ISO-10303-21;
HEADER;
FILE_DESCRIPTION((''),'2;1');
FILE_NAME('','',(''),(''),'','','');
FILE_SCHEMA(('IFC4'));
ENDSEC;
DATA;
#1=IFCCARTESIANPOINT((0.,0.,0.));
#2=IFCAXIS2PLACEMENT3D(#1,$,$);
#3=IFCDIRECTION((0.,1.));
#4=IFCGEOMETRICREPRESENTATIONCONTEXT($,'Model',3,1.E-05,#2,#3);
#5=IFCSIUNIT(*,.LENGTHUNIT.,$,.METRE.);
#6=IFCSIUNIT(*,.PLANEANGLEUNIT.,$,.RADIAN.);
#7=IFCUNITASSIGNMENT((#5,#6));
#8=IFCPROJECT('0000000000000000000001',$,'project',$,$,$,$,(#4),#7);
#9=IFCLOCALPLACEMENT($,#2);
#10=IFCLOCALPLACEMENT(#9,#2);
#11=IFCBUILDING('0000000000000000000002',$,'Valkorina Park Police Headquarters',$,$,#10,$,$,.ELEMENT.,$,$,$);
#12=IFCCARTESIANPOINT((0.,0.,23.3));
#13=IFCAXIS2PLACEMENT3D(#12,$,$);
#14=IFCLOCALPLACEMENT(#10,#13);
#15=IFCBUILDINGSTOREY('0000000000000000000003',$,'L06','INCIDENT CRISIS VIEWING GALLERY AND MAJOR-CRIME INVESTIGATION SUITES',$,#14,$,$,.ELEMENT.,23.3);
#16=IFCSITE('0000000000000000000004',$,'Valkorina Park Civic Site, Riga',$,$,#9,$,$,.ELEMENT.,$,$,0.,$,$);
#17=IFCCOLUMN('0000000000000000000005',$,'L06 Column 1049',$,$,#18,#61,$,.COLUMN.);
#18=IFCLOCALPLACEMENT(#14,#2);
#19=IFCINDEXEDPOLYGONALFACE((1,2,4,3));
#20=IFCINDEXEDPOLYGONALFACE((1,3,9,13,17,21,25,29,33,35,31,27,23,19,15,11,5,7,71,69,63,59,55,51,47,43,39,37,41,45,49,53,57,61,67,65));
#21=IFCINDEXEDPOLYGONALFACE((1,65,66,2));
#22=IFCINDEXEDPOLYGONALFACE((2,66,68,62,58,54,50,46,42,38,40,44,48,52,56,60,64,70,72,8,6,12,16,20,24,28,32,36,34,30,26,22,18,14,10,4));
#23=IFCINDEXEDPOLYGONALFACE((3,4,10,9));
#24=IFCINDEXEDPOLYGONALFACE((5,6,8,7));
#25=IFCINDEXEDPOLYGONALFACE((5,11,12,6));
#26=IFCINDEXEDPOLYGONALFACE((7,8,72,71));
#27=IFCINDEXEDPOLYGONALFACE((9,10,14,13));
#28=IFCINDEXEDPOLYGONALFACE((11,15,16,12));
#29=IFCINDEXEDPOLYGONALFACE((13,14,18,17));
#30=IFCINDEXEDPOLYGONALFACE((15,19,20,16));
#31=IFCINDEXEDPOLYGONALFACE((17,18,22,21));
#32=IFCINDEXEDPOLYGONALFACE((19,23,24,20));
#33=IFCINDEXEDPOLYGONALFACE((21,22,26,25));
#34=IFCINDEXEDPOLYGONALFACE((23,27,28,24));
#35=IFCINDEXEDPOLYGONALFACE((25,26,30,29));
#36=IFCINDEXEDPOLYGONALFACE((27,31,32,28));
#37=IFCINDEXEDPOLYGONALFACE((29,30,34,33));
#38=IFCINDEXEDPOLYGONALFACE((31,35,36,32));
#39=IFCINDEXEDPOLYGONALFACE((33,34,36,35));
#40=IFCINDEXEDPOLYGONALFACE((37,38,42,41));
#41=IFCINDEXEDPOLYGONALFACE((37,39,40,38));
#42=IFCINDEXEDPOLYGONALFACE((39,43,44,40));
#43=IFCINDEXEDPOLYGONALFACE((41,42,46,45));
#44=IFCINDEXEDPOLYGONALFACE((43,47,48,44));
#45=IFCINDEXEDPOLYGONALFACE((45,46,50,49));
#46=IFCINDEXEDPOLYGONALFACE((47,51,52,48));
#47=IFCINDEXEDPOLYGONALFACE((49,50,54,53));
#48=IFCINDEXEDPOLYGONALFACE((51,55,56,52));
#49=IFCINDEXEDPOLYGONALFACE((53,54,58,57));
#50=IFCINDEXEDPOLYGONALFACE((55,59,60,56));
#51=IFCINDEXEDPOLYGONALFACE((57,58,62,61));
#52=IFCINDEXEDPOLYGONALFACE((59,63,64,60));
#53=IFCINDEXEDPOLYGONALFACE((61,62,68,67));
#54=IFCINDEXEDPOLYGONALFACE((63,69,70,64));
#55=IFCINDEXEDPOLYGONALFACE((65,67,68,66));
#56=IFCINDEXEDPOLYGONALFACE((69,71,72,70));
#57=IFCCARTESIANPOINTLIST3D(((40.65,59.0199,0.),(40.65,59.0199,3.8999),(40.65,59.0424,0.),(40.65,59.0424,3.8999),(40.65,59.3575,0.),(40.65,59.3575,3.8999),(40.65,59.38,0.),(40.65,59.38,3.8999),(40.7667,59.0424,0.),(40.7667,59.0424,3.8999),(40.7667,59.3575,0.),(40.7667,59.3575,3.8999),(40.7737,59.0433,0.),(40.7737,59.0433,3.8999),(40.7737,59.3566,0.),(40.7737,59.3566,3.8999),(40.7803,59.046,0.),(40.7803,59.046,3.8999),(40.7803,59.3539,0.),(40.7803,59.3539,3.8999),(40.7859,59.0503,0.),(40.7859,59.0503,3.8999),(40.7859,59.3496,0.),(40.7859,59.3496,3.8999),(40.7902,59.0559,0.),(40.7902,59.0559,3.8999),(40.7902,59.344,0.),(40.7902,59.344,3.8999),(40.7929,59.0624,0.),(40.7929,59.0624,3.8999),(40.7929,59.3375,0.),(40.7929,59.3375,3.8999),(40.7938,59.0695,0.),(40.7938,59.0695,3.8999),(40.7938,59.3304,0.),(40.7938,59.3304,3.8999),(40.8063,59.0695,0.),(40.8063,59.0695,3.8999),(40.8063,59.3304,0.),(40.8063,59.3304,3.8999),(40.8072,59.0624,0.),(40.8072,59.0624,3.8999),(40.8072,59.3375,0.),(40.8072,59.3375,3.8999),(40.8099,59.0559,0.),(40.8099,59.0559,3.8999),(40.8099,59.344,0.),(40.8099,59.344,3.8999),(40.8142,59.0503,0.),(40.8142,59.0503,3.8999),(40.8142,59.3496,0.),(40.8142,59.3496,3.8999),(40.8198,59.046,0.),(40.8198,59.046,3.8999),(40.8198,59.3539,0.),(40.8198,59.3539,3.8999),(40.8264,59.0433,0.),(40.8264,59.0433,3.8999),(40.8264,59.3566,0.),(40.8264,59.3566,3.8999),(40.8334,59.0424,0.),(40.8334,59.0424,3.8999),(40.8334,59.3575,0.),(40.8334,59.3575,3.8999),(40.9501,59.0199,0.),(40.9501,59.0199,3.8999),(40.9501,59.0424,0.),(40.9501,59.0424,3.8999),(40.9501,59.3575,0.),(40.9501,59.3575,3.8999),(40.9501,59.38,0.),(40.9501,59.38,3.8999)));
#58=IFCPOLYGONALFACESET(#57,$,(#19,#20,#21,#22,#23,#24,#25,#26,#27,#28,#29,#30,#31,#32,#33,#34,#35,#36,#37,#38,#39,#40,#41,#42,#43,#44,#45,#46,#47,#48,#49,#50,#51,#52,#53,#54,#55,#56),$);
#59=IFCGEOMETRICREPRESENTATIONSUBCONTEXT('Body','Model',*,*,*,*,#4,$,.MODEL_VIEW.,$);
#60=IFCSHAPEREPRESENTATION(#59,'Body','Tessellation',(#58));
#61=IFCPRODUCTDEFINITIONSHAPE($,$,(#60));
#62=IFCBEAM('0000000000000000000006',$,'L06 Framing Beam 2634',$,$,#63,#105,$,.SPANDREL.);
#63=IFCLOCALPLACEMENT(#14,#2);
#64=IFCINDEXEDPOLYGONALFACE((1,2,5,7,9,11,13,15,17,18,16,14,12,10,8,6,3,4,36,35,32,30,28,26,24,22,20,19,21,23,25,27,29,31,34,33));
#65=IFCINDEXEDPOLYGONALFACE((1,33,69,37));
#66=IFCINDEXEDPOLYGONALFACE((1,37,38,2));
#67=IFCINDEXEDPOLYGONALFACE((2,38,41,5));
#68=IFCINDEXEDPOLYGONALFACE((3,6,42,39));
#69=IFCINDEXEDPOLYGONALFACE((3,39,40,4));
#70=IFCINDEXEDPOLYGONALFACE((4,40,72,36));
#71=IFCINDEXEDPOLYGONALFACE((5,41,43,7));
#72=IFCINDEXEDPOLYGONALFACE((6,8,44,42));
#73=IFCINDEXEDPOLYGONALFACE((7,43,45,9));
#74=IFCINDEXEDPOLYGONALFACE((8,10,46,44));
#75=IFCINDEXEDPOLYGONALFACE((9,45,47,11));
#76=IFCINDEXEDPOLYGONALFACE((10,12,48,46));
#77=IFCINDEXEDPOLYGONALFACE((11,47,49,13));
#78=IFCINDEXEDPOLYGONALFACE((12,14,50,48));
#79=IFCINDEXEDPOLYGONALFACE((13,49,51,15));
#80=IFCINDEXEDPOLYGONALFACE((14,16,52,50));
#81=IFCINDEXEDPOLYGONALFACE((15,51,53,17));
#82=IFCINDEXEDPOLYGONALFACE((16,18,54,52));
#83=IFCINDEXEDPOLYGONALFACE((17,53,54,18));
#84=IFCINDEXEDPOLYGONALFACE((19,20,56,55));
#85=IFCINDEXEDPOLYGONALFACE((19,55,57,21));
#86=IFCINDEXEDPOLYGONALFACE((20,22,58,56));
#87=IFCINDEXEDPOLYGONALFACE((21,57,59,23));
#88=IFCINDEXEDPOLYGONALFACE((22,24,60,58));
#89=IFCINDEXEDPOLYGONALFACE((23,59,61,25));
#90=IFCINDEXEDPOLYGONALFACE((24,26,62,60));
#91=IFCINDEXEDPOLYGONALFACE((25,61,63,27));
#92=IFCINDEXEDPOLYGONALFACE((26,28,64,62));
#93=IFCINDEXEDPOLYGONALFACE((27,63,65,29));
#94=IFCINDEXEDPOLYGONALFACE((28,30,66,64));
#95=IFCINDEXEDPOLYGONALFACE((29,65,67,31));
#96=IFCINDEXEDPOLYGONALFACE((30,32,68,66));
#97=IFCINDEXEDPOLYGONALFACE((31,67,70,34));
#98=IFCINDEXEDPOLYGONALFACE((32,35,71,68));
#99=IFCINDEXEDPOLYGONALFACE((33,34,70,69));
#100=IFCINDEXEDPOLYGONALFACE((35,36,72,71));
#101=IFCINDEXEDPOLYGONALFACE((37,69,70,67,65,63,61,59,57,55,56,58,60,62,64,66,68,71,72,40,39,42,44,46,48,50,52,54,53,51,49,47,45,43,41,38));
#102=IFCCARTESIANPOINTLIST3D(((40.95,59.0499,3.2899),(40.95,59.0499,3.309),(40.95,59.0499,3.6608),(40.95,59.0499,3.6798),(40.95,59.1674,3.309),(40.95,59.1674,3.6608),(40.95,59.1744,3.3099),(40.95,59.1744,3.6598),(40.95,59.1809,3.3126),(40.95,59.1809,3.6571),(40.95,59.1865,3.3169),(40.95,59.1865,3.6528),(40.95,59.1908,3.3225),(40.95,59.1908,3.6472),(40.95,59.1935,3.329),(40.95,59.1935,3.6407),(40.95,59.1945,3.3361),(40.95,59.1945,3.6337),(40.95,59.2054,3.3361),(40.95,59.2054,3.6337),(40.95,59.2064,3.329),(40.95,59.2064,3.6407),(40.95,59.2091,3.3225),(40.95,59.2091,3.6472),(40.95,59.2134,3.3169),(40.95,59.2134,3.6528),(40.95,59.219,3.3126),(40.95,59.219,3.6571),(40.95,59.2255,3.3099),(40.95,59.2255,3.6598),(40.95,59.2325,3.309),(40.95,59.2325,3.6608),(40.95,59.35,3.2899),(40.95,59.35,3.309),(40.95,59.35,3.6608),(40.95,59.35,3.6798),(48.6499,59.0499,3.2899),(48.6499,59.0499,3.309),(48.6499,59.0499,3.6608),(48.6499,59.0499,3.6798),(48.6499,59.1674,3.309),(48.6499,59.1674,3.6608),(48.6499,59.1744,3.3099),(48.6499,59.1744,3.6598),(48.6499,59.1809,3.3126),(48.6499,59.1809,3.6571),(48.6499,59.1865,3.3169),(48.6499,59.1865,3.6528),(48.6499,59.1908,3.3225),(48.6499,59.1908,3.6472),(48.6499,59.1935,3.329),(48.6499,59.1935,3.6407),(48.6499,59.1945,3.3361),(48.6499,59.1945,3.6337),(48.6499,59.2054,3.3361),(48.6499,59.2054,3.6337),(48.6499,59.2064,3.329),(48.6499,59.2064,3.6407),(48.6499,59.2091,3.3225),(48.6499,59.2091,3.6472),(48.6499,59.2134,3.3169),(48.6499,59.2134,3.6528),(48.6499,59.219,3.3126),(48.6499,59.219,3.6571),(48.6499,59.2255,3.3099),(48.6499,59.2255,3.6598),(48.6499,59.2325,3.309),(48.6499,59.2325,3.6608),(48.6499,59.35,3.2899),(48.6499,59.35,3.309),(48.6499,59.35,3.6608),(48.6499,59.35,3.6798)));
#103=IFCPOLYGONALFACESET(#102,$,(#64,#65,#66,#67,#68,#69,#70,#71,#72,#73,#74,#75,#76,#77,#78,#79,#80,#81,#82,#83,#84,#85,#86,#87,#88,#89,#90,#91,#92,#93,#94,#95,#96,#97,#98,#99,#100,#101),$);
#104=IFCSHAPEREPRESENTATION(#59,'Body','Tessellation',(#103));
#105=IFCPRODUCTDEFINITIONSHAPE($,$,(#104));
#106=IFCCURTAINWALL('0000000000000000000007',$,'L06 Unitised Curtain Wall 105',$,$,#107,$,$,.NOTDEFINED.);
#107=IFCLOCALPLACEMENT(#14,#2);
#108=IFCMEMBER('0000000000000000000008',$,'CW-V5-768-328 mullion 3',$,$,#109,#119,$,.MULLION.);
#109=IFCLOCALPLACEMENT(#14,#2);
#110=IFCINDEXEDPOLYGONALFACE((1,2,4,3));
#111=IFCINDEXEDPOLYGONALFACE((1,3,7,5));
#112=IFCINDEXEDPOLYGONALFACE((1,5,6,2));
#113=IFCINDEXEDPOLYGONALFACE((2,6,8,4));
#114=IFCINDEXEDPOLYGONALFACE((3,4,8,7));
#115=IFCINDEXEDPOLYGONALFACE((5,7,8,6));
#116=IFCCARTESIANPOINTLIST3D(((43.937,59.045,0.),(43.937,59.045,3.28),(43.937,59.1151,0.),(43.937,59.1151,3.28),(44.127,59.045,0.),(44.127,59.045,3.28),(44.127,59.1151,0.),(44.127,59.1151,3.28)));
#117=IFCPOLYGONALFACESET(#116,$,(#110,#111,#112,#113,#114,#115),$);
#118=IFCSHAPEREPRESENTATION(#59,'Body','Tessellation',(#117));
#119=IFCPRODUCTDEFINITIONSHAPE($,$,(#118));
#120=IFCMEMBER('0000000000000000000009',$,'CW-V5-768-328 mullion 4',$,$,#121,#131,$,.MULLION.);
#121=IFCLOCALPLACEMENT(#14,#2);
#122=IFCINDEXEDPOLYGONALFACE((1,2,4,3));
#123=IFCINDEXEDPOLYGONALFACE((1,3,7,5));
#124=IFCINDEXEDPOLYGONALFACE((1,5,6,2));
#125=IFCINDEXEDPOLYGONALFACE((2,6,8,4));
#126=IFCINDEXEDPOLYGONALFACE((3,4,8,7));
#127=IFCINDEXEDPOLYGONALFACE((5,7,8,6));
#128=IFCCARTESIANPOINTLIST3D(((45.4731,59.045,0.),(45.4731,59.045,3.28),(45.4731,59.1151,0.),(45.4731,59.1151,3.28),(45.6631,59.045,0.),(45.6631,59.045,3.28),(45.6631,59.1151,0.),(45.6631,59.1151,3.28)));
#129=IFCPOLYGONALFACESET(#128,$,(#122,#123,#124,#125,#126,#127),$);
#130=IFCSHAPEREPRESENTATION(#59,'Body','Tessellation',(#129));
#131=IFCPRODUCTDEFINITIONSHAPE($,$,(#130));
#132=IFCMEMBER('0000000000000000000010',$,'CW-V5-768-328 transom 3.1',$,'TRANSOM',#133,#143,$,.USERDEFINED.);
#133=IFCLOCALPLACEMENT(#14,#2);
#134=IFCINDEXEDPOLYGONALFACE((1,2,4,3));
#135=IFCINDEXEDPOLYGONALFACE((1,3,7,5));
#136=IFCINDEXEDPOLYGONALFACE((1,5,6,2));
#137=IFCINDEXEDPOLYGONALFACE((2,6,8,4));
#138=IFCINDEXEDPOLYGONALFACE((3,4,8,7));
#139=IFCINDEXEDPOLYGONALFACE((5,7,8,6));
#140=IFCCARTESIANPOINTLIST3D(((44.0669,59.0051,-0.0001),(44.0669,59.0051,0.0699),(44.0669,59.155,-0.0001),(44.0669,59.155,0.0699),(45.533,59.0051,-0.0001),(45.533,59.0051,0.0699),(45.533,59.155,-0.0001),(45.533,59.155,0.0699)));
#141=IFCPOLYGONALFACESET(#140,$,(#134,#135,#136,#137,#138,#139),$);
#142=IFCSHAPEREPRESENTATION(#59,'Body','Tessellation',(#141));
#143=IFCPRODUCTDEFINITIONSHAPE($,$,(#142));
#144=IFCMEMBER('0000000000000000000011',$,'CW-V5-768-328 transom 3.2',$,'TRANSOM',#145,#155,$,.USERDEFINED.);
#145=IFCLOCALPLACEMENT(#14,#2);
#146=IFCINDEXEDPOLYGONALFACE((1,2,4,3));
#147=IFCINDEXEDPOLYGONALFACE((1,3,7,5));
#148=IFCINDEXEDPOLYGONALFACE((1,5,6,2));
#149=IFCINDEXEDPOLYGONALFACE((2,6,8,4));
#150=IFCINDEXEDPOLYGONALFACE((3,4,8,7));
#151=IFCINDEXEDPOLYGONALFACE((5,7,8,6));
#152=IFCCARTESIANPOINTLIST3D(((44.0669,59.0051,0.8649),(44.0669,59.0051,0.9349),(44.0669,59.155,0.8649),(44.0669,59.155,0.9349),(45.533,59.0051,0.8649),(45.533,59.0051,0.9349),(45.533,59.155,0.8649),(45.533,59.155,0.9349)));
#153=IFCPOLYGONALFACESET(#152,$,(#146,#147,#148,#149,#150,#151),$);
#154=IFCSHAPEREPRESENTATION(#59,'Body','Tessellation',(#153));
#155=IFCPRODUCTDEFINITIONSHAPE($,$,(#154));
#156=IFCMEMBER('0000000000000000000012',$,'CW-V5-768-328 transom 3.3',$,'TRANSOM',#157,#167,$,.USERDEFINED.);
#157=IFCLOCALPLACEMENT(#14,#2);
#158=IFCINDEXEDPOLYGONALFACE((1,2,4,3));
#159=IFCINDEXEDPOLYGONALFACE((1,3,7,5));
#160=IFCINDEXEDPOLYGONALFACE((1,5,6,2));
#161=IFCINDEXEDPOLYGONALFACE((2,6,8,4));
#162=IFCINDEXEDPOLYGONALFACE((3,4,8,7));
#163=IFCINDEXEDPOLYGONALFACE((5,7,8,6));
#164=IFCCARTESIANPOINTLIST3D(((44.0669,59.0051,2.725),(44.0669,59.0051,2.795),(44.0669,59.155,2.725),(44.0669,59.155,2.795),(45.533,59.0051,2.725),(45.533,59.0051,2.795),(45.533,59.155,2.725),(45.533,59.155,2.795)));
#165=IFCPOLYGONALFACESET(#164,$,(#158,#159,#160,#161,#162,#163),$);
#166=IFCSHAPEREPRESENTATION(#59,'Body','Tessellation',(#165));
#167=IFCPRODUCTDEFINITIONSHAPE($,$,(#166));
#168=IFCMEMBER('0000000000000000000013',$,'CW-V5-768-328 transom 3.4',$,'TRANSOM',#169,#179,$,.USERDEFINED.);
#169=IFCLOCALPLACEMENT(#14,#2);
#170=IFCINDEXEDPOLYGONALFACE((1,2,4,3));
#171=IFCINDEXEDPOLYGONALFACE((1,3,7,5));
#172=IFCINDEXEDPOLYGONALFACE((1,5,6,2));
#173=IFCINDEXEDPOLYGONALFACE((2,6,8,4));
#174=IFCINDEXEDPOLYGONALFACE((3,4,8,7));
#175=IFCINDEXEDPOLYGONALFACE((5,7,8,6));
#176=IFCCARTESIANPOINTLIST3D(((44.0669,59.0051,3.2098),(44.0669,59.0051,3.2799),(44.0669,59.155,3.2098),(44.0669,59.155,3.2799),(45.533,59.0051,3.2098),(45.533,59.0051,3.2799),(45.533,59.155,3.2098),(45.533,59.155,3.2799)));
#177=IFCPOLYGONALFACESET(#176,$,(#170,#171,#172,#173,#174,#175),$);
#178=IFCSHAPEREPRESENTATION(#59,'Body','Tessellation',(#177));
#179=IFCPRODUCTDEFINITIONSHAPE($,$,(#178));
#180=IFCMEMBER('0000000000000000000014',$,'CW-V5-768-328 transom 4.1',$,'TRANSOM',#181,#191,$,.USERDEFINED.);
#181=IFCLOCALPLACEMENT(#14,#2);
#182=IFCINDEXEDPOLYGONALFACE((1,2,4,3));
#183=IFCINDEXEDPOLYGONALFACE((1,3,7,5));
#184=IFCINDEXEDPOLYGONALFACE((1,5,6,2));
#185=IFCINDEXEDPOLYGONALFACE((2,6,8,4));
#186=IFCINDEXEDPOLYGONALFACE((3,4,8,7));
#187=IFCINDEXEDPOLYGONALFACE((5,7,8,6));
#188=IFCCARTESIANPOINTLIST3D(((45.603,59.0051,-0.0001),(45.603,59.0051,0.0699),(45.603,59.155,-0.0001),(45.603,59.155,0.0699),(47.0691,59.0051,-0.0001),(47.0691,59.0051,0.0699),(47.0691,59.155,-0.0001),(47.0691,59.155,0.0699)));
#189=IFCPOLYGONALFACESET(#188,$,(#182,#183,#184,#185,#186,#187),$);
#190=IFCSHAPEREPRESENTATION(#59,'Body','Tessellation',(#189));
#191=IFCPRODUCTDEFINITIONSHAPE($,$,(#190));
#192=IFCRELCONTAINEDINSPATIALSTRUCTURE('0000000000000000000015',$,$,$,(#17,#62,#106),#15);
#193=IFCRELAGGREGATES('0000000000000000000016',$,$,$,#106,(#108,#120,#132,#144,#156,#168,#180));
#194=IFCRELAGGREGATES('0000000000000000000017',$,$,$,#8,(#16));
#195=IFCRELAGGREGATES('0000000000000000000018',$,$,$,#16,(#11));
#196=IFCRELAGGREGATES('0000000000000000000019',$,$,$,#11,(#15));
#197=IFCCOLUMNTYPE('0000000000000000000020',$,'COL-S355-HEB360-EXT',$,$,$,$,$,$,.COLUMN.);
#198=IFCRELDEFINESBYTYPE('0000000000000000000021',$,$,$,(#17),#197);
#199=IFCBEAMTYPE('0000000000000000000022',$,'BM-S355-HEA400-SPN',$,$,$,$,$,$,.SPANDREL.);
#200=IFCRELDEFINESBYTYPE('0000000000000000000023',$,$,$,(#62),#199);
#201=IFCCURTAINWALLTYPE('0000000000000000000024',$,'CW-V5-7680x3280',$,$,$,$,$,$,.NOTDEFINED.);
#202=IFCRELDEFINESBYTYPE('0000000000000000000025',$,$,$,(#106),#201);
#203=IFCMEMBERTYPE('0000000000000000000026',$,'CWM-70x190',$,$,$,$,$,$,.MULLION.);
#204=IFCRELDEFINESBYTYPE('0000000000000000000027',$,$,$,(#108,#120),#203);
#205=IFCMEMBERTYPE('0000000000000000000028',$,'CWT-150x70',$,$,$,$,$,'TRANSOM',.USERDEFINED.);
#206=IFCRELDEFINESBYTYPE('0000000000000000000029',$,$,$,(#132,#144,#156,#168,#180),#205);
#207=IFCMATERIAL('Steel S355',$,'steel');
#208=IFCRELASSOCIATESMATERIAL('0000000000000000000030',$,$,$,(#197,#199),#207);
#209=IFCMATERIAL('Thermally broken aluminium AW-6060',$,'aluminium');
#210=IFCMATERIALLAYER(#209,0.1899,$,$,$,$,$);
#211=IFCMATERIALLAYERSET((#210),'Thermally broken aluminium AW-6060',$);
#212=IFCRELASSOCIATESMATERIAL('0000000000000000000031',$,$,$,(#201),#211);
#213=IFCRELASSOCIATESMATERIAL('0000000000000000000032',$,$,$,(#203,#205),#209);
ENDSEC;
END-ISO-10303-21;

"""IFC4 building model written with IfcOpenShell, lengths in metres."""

from ifc_helpers import new_model, si_unit, direction, frame, origin, origin_2d, place, context, subcontext, project, spatial, rectangle, i_section, extrude, material, layer, layer_set, material_profile, profile_set, type_object, element, aggregate, save


model = new_model("IFC4")

# Units and contexts
model_context = context("Model", 3, precision=1e-05, world=origin(), true_north=direction((0.0, 1.0)))
body_context = subcontext(model_context, "Body", "Model", "MODEL_VIEW")
ifc_project = project(units=[si_unit("LENGTHUNIT", "METRE"), si_unit("PLANEANGLEUNIT", "RADIAN")], contexts=[model_context])

# Site, building, storey
site_placement = place(None, origin())
site = spatial("IfcSite", under=ifc_project, at=site_placement, Name="Valkorina Park Civic Site, Riga", CompositionType="ELEMENT", RefElevation=0.0)
building_placement = place(site_placement, origin())
building = spatial("IfcBuilding", under=site, at=building_placement, Name="Valkorina Park Police Headquarters", CompositionType="ELEMENT")
storey_placement = place(building_placement, frame((0.0, 0.0, 23.3)))
storey = spatial("IfcBuildingStorey", under=building, at=storey_placement, Name="L06", Description="INCIDENT CRISIS VIEWING GALLERY AND MAJOR-CRIME INVESTIGATION SUITES", CompositionType="ELEMENT", Elevation=23.3)

# Column
ifc_material_1 = material(Name="Steel S355", Category="steel")
ifc_material_profile_1 = material_profile(ifc_material_1, i_section(OverallWidth=0.3, OverallDepth=0.3601, WebThickness=0.0125, FlangeThickness=0.0225, FilletRadius=0.0271, at=origin_2d()), Name="HEB 360")
ifc_profile_set_1 = profile_set([ifc_material_profile_1], Name="Steel S355")
column_type = type_object("IfcColumnType", Name="COL-S355-HEB360-EXT", PredefinedType="COLUMN", material=ifc_profile_set_1)
column_placement = place(storey_placement, frame((40.8, 59.2, 0.0), z_axis=(0.0, 0.0, 1.0), x_axis=(1.0, 0.0, 0.0)))
element("IfcColumn", 1, at=column_placement, inside=storey, type_object=column_type, Name="L06 Column 1049", PredefinedType="COLUMN", context=body_context, shape_type="SweptSolid", body=[
    extrude(i_section(OverallWidth=0.3, OverallDepth=0.3601, WebThickness=0.0125, FlangeThickness=0.0225, FilletRadius=0.0271, at=origin_2d()), origin(), (0.0, 0.0, 1.0), 3.8999),
])

# Beam
ifc_material_profile_2 = material_profile(ifc_material_1, i_section(OverallWidth=0.3, OverallDepth=0.3899, WebThickness=0.011, FlangeThickness=0.019, FilletRadius=0.0271, at=origin_2d()), Name="HEA 400")
ifc_profile_set_2 = profile_set([ifc_material_profile_2], Name="Steel S355")
beam_type = type_object("IfcBeamType", Name="BM-S355-HEA400-SPN", PredefinedType="SPANDREL", material=ifc_profile_set_2)
beam_placement = place(storey_placement, frame((40.95, 59.2, 3.4849), z_axis=(1.0, 0.0, 0.0), x_axis=(0.0, 1.0, 0.0)))
element("IfcBeam", 2, at=beam_placement, inside=storey, type_object=beam_type, Name="L06 Framing Beam 2634", PredefinedType="SPANDREL", context=body_context, shape_type="SweptSolid", body=[
    extrude(i_section(OverallWidth=0.3, OverallDepth=0.3899, WebThickness=0.011, FlangeThickness=0.019, FilletRadius=0.0271, at=origin_2d()), origin(), (0.0, 0.0, 1.0), 7.7),
])

# Curtain wall, members
ifc_material_2 = material(Name="Thermally broken aluminium AW-6060", Category="aluminium")
ifc_layer_1 = layer(ifc_material_2, 0.1899)
ifc_layer_set_1 = layer_set([ifc_layer_1], Name="Thermally broken aluminium AW-6060")
curtain_wall_type = type_object("IfcCurtainWallType", Name="CW-V5-7680x3280", PredefinedType="NOTDEFINED", material=ifc_layer_set_1)
curtain_wall_placement = place(storey_placement, origin())
curtain_wall = element("IfcCurtainWall", 3, at=curtain_wall_placement, inside=storey, type_object=curtain_wall_type, Name="L06 Unitised Curtain Wall 105", PredefinedType="NOTDEFINED")
ifc_material_profile_3 = material_profile(ifc_material_2, rectangle(XDim=0.0701, YDim=0.1899, at=origin_2d()), Name="CWM-02 70x190")
ifc_profile_set_3 = profile_set([ifc_material_profile_3], Name="Thermally broken aluminium AW-6060")
member_type_1 = type_object("IfcMemberType", Name="CWM-70x190", PredefinedType="MULLION", material=ifc_profile_set_3)
member_1_placement = place(storey_placement, frame((44.032, 59.0801, 0.0), z_axis=(0.0, 0.0, 1.0), x_axis=(0.0, 1.0, 0.0)))
member_1 = element("IfcMember", 4, at=member_1_placement, type_object=member_type_1, Name="CW-V5-768-328 mullion 3", PredefinedType="MULLION", context=body_context, shape_type="SweptSolid", body=[
    extrude(rectangle(XDim=0.0701, YDim=0.1899, at=origin_2d()), origin(), (0.0, 0.0, 1.0), 3.28),
])
member_2_placement = place(storey_placement, frame((45.5681, 59.0801, 0.0), z_axis=(0.0, 0.0, 1.0), x_axis=(0.0, 1.0, 0.0)))
member_2 = element("IfcMember", 5, at=member_2_placement, type_object=member_type_1, Name="CW-V5-768-328 mullion 4", PredefinedType="MULLION", context=body_context, shape_type="SweptSolid", body=[
    extrude(rectangle(XDim=0.0701, YDim=0.1899, at=origin_2d()), origin(), (0.0, 0.0, 1.0), 3.28),
])
ifc_material_profile_4 = material_profile(ifc_material_2, rectangle(XDim=0.1499, YDim=0.0701, at=origin_2d()), Name="CWT-02 150x70")
ifc_profile_set_4 = profile_set([ifc_material_profile_4], Name="Thermally broken aluminium AW-6060")
member_type_2 = type_object("IfcMemberType", Name="CWT-150x70", ElementType="TRANSOM", PredefinedType="USERDEFINED", material=ifc_profile_set_4)
member_3_placement = place(storey_placement, frame((44.0669, 59.0801, 0.0349), z_axis=(1.0, 0.0, 0.0), x_axis=(0.0, 1.0, 0.0)))
member_3 = element("IfcMember", 6, at=member_3_placement, type_object=member_type_2, Name="CW-V5-768-328 transom 3.1", ObjectType="TRANSOM", PredefinedType="USERDEFINED", context=body_context, shape_type="SweptSolid", body=[
    extrude(rectangle(XDim=0.1499, YDim=0.0701, at=origin_2d()), origin(), (0.0, 0.0, 1.0), 1.4661),
])
member_4_placement = place(storey_placement, frame((44.0669, 59.0801, 0.8999), z_axis=(1.0, 0.0, 0.0), x_axis=(0.0, 1.0, 0.0)))
member_4 = element("IfcMember", 7, at=member_4_placement, type_object=member_type_2, Name="CW-V5-768-328 transom 3.2", ObjectType="TRANSOM", PredefinedType="USERDEFINED", context=body_context, shape_type="SweptSolid", body=[
    extrude(rectangle(XDim=0.1499, YDim=0.0701, at=origin_2d()), origin(), (0.0, 0.0, 1.0), 1.4661),
])
member_5_placement = place(storey_placement, frame((44.0669, 59.0801, 2.76), z_axis=(1.0, 0.0, 0.0), x_axis=(0.0, 1.0, 0.0)))
member_5 = element("IfcMember", 8, at=member_5_placement, type_object=member_type_2, Name="CW-V5-768-328 transom 3.3", ObjectType="TRANSOM", PredefinedType="USERDEFINED", context=body_context, shape_type="SweptSolid", body=[
    extrude(rectangle(XDim=0.1499, YDim=0.0701, at=origin_2d()), origin(), (0.0, 0.0, 1.0), 1.4661),
])
member_6_placement = place(storey_placement, frame((44.0669, 59.0801, 3.2449), z_axis=(1.0, 0.0, 0.0), x_axis=(0.0, 1.0, 0.0)))
member_6 = element("IfcMember", 9, at=member_6_placement, type_object=member_type_2, Name="CW-V5-768-328 transom 3.4", ObjectType="TRANSOM", PredefinedType="USERDEFINED", context=body_context, shape_type="SweptSolid", body=[
    extrude(rectangle(XDim=0.1499, YDim=0.0701, at=origin_2d()), origin(), (0.0, 0.0, 1.0), 1.4661),
])
member_7_placement = place(storey_placement, frame((45.603, 59.0801, 0.0349), z_axis=(1.0, 0.0, 0.0), x_axis=(0.0, 1.0, 0.0)))
member_7 = element("IfcMember", 10, at=member_7_placement, type_object=member_type_2, Name="CW-V5-768-328 transom 4.1", ObjectType="TRANSOM", PredefinedType="USERDEFINED", context=body_context, shape_type="SweptSolid", body=[
    extrude(rectangle(XDim=0.1499, YDim=0.0701, at=origin_2d()), origin(), (0.0, 0.0, 1.0), 1.4661),
])
aggregate(curtain_wall, [member_1, member_2, member_3, member_4, member_5, member_6, member_7])

save(model, "model.ifc")
